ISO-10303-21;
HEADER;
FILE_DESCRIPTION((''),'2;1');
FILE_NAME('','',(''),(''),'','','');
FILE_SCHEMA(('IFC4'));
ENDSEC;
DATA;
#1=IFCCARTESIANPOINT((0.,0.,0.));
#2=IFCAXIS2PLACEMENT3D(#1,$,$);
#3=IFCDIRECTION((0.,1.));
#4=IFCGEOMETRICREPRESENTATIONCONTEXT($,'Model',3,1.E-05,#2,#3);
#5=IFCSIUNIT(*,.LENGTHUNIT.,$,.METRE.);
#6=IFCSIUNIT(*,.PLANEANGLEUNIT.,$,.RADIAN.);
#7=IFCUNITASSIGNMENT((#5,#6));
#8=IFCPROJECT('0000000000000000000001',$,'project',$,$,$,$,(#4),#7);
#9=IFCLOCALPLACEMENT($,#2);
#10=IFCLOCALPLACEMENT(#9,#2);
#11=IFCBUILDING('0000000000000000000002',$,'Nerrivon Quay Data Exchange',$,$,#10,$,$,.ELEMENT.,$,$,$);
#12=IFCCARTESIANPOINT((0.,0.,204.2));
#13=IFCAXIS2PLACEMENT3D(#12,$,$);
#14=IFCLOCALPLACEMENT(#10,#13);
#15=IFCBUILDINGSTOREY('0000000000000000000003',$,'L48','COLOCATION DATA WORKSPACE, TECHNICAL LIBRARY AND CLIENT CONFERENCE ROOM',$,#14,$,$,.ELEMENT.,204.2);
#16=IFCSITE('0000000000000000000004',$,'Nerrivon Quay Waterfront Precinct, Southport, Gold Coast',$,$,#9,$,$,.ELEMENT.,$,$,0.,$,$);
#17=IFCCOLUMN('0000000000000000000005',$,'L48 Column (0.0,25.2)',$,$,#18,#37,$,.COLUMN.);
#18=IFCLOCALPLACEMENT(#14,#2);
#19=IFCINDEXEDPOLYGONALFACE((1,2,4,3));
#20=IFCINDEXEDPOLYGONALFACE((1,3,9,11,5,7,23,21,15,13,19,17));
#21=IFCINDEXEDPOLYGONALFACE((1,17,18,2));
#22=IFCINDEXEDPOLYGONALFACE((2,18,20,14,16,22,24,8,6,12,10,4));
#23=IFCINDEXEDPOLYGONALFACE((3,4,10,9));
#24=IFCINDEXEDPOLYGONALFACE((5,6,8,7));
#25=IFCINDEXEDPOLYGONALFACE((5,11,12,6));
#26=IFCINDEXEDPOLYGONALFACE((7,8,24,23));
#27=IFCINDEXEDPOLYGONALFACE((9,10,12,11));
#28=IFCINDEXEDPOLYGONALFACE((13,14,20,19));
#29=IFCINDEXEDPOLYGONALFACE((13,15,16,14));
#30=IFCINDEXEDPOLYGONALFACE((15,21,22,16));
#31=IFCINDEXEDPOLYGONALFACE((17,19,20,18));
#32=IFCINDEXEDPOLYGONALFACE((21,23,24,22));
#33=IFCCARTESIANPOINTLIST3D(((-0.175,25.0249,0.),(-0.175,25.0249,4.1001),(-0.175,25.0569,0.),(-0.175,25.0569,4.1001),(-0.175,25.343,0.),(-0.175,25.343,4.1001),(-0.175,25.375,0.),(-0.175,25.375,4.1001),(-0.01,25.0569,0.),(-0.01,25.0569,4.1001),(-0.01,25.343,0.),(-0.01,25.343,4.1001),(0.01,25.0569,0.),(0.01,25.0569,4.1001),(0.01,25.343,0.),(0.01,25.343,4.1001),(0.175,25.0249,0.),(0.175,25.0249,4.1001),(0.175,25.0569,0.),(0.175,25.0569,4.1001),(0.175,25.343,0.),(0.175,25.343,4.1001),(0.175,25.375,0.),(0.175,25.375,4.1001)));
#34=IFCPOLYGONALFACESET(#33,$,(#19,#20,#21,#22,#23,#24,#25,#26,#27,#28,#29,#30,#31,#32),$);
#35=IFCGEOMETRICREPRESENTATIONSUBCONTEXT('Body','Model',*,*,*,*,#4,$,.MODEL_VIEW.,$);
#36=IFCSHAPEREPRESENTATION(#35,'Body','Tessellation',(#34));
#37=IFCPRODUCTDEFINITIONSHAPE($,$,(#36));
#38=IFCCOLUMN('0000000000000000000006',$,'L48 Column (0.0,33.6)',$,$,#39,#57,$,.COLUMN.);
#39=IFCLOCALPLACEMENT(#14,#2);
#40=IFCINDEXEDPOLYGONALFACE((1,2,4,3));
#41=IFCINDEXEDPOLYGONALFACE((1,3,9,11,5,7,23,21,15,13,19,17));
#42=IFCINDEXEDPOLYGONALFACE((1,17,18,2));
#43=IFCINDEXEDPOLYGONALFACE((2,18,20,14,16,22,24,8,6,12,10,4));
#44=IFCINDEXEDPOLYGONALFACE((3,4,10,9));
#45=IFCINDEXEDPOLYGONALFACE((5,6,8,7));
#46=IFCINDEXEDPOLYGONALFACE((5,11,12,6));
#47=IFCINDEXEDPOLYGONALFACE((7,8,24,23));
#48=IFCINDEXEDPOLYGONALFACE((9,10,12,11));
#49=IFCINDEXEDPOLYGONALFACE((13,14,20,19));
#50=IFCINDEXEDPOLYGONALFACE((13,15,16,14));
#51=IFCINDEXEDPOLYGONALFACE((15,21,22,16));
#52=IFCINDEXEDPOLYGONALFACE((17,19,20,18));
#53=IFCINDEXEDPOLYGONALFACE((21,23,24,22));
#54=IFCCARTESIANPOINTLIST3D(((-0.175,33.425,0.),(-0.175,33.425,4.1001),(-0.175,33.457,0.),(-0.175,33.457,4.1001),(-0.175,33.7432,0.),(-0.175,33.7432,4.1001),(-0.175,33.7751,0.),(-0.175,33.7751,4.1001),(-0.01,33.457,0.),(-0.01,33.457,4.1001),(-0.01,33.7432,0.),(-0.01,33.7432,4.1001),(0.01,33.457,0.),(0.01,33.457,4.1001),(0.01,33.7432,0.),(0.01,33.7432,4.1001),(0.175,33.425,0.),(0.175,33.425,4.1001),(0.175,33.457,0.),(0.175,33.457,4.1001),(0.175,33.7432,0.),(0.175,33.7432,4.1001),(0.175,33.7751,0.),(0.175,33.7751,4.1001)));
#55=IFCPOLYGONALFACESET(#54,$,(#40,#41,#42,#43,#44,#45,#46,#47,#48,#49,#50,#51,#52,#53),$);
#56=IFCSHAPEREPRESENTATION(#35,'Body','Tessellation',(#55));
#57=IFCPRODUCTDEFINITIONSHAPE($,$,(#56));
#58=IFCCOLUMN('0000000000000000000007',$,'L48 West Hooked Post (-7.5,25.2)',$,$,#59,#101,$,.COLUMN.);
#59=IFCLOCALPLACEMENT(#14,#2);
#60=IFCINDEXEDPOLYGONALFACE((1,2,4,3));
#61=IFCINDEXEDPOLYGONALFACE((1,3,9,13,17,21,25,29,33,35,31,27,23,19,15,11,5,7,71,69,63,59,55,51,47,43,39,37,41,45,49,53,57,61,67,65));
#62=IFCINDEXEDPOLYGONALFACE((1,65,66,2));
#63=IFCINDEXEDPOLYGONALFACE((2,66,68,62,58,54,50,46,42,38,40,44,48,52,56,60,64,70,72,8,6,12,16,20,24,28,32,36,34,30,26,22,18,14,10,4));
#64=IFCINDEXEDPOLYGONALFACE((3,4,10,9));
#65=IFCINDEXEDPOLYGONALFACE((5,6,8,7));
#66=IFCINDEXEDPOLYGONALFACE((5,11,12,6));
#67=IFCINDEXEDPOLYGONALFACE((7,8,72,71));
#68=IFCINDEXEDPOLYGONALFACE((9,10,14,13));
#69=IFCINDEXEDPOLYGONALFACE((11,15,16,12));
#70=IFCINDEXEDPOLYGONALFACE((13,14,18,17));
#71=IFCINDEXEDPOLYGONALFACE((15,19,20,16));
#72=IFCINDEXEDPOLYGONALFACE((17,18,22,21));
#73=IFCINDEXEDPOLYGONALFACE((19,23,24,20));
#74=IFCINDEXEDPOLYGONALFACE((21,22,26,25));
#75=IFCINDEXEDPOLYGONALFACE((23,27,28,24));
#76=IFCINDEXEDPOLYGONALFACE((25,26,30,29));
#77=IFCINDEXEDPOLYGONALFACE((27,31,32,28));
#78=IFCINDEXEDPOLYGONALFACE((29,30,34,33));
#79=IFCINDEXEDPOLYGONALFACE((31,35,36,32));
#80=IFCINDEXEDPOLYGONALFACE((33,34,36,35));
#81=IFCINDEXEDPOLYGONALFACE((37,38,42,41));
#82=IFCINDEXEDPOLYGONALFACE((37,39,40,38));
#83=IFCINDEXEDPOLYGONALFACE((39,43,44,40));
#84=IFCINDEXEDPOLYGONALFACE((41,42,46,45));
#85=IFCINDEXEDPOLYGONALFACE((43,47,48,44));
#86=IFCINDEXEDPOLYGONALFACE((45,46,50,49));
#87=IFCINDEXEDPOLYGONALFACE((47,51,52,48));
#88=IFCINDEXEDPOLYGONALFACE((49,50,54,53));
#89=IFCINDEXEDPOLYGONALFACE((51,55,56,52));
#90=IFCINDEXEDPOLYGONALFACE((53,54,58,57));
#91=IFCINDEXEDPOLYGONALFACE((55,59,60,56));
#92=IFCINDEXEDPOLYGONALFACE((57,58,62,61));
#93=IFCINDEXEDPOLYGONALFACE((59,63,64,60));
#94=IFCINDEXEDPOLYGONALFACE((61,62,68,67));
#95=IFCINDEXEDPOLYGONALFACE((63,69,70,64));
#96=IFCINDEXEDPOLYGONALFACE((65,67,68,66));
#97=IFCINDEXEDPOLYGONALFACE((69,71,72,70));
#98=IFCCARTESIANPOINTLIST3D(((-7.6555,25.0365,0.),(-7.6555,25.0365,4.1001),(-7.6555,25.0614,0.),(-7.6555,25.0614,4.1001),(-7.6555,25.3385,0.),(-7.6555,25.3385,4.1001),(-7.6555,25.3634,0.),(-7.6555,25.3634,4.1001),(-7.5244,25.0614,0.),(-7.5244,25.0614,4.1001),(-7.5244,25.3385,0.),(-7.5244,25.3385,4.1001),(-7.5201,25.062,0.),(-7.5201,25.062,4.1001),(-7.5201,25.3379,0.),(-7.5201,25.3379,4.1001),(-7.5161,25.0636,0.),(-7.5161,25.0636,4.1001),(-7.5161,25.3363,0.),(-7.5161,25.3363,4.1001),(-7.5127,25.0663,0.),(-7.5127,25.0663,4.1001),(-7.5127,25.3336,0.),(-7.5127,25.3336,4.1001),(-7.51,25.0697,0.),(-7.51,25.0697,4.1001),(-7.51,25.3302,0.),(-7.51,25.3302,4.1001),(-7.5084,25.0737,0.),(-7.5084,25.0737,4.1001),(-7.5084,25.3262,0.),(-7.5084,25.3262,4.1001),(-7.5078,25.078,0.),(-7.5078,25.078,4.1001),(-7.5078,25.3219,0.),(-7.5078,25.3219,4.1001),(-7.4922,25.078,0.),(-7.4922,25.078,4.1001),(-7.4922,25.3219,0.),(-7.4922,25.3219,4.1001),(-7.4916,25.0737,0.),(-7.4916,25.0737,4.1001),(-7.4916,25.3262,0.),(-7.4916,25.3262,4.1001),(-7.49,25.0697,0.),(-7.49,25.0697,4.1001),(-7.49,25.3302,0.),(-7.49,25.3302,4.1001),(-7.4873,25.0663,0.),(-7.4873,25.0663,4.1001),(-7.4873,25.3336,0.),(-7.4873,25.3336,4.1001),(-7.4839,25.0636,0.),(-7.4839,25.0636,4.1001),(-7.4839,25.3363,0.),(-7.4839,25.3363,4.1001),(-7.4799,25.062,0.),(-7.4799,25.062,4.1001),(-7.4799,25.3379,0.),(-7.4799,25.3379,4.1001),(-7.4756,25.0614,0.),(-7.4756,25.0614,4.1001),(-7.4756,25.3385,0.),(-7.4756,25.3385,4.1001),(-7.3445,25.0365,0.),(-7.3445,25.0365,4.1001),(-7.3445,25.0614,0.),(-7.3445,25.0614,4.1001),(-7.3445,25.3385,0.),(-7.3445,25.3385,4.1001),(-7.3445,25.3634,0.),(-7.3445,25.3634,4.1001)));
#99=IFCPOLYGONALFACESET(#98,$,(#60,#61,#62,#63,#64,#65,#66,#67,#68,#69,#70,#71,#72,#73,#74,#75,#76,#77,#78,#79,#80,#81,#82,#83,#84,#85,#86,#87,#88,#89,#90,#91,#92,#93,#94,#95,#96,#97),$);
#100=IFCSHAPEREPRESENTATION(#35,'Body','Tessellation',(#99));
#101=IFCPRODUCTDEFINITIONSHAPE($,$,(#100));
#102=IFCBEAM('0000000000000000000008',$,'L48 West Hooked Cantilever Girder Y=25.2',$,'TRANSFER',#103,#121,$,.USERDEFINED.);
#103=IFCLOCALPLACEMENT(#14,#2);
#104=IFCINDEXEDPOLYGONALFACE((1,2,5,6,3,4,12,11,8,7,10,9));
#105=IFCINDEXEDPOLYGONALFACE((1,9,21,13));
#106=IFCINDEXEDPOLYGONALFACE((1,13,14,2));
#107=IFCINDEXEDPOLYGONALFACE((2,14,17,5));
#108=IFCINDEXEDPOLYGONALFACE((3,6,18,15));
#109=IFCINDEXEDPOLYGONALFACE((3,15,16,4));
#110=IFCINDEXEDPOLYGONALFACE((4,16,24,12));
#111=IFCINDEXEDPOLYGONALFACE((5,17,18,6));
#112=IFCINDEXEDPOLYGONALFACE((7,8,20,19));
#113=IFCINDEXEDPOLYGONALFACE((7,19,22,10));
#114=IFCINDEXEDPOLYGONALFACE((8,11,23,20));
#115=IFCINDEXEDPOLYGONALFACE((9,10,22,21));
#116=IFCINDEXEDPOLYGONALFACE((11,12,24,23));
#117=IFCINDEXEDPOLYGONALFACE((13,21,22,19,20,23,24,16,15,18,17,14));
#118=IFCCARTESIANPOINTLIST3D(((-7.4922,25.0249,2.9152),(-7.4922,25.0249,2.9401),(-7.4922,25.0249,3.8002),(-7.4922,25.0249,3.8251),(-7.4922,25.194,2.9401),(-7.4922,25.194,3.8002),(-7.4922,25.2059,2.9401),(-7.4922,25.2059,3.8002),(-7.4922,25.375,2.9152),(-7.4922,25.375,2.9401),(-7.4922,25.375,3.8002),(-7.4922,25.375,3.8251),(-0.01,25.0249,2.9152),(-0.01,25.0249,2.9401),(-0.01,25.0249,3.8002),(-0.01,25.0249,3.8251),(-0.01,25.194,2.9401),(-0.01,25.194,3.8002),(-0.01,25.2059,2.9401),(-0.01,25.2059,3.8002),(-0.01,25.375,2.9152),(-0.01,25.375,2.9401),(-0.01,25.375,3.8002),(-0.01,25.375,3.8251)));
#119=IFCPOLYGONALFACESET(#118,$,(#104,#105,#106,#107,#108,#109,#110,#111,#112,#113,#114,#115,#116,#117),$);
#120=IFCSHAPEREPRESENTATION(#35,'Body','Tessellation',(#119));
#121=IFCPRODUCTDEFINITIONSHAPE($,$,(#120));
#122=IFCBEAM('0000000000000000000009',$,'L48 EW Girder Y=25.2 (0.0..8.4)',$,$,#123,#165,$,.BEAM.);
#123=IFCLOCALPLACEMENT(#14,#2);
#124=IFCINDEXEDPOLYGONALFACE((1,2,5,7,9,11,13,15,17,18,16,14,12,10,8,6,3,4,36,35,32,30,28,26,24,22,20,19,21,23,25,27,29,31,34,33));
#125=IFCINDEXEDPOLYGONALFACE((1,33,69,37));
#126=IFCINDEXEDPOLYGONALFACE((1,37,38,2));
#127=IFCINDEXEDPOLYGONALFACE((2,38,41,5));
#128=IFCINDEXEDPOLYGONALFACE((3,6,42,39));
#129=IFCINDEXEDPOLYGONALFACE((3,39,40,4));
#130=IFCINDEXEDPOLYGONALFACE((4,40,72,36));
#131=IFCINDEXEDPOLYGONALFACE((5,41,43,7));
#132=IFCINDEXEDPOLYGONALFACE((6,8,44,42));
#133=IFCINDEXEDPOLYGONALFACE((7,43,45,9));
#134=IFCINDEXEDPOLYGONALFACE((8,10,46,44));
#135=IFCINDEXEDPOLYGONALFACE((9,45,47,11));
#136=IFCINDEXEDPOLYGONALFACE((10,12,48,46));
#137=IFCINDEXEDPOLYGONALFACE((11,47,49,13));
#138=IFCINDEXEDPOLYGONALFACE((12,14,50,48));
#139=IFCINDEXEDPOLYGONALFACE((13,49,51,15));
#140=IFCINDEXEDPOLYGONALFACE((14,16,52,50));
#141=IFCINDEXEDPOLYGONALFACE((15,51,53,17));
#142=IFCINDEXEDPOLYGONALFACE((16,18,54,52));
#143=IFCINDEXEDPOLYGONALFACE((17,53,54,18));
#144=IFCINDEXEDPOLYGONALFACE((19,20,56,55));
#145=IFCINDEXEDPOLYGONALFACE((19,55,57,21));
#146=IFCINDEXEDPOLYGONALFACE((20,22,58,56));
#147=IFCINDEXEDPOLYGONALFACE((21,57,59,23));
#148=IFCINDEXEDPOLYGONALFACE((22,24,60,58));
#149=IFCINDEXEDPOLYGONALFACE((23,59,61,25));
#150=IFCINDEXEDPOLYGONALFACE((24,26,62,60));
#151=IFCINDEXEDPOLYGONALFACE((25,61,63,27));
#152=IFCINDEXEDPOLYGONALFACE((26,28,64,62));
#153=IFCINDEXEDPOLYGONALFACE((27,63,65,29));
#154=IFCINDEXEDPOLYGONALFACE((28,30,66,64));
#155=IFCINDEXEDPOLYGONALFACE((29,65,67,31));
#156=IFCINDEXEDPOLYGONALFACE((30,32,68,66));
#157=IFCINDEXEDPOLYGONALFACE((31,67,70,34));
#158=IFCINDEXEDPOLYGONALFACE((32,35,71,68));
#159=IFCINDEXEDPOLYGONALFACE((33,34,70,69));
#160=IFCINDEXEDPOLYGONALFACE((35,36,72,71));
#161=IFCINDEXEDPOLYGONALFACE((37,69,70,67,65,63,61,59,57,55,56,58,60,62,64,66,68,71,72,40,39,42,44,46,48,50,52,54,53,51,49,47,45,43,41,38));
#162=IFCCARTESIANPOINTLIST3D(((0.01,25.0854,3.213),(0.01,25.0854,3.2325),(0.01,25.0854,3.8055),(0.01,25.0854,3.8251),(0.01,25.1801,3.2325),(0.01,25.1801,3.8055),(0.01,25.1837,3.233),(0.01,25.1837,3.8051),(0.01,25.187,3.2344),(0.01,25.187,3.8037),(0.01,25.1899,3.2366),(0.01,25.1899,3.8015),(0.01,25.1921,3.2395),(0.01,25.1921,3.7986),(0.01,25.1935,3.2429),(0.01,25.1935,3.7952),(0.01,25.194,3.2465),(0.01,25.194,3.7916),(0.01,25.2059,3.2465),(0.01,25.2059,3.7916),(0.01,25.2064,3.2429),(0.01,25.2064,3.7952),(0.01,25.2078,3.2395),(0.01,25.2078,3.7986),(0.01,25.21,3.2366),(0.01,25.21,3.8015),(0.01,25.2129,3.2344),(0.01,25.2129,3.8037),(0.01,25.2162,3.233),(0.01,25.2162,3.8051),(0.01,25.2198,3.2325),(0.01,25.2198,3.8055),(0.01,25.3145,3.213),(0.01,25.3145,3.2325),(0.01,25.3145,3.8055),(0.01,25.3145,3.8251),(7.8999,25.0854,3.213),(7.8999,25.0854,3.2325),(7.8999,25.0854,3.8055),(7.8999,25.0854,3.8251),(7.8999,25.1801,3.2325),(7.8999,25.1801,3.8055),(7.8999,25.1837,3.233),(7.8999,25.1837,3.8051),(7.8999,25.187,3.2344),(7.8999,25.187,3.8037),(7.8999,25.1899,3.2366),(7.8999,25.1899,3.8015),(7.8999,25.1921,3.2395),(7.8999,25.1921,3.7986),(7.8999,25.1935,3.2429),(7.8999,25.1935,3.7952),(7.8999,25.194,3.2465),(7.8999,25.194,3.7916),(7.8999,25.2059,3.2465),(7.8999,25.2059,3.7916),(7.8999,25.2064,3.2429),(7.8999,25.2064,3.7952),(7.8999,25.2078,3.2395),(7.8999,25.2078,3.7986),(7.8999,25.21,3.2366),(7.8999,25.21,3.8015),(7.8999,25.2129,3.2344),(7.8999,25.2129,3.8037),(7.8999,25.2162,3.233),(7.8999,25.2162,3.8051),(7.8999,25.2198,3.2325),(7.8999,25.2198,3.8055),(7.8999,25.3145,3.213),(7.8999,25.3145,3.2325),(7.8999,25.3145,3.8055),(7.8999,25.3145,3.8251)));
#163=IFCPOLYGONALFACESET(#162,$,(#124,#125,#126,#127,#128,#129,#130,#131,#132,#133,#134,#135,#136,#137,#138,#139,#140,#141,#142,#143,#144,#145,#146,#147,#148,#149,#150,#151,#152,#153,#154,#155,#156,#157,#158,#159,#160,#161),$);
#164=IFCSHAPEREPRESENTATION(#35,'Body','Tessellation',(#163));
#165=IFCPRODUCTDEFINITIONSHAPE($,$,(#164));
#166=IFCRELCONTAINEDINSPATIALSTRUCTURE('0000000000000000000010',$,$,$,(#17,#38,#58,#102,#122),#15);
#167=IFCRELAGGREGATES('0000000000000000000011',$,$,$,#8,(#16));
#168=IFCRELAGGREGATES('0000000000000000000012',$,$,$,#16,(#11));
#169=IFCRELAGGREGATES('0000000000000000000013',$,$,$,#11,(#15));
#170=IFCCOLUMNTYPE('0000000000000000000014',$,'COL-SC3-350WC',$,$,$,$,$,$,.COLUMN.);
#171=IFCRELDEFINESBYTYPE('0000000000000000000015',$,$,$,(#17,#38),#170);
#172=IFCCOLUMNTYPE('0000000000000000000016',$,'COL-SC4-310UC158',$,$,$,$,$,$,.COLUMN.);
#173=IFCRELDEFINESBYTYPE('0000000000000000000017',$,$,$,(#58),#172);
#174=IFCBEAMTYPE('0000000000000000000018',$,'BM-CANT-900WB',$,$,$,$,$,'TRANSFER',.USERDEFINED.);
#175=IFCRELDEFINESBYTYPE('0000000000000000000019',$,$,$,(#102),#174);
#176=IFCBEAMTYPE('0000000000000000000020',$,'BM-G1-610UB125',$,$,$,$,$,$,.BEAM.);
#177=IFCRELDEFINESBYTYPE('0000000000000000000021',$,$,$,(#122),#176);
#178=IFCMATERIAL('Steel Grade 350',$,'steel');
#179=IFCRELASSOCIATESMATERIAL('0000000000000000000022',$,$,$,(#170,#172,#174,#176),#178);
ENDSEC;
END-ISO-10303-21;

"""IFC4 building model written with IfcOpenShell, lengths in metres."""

from ifc_helpers import new_model, si_unit, direction, frame, origin, origin_2d, place, context, subcontext, project, spatial, i_section, extrude, material, material_profile, profile_set, type_object, element, save


model = new_model("IFC4")

# Units and contexts
model_context = context("Model", 3, precision=1e-05, world=origin(), true_north=direction((0.0, 1.0)))
body_context = subcontext(model_context, "Body", "Model", "MODEL_VIEW")
ifc_project = project(units=[si_unit("LENGTHUNIT", "METRE"), si_unit("PLANEANGLEUNIT", "RADIAN")], contexts=[model_context])

# Site, building, storey
site_placement = place(None, origin())
site = spatial("IfcSite", under=ifc_project, at=site_placement, Name="Nerrivon Quay Waterfront Precinct, Southport, Gold Coast", CompositionType="ELEMENT", RefElevation=0.0)
building_placement = place(site_placement, origin())
building = spatial("IfcBuilding", under=site, at=building_placement, Name="Nerrivon Quay Data Exchange", CompositionType="ELEMENT")
storey_placement = place(building_placement, frame((0.0, 0.0, 204.2)))
storey = spatial("IfcBuildingStorey", under=building, at=storey_placement, Name="L48", Description="COLOCATION DATA WORKSPACE, TECHNICAL LIBRARY AND CLIENT CONFERENCE ROOM", CompositionType="ELEMENT", Elevation=204.2)

# Columns
ifc_material_1 = material(Name="Steel Grade 350", Category="steel")
ifc_material_profile_1 = material_profile(ifc_material_1, i_section(OverallWidth=0.3501, OverallDepth=0.3501, WebThickness=0.02, FlangeThickness=0.032, at=origin_2d()), Name="350WC230")
ifc_profile_set_1 = profile_set([ifc_material_profile_1], Name="Steel Grade 350")
column_type_1 = type_object("IfcColumnType", Name="COL-SC3-350WC", PredefinedType="COLUMN", material=ifc_profile_set_1)
for number, where, z_axis, x_axis, name in (
    (1, (0.0, 25.2, 0.0), (0.0, 0.0, 1.0), (1.0, 0.0, 0.0), "L48 Column (0.0,25.2)"),
    (2, (0.0, 33.6001, 0.0), (0.0, 0.0, 1.0), (1.0, 0.0, 0.0), "L48 Column (0.0,33.6)"),
):
    element("IfcColumn", number, at=place(storey_placement, frame(where, z_axis=z_axis, x_axis=x_axis)), inside=storey, type_object=column_type_1, Name=name, PredefinedType="COLUMN", context=body_context, shape_type="SweptSolid", body=[
        extrude(i_section(OverallWidth=0.3501, OverallDepth=0.3501, WebThickness=0.02, FlangeThickness=0.032, at=origin_2d()), origin(), (0.0, 0.0, 1.0), 4.1001),
    ])
ifc_material_profile_2 = material_profile(ifc_material_1, i_section(OverallWidth=0.311, OverallDepth=0.3269, WebThickness=0.0156, FlangeThickness=0.0249, FilletRadius=0.0166, at=origin_2d()), Name="310UC158")
ifc_profile_set_2 = profile_set([ifc_material_profile_2], Name="Steel Grade 350")
column_type_2 = type_object("IfcColumnType", Name="COL-SC4-310UC158", PredefinedType="COLUMN", material=ifc_profile_set_2)
column_placement = place(storey_placement, frame((-7.5, 25.2, 0.0), z_axis=(0.0, 0.0, 1.0), x_axis=(1.0, 0.0, 0.0)))
element("IfcColumn", 3, at=column_placement, inside=storey, type_object=column_type_2, Name="L48 West Hooked Post (-7.5,25.2)", PredefinedType="COLUMN", context=body_context, shape_type="SweptSolid", body=[
    extrude(i_section(OverallWidth=0.311, OverallDepth=0.3269, WebThickness=0.0156, FlangeThickness=0.0249, FilletRadius=0.0166, at=origin_2d()), origin(), (0.0, 0.0, 1.0), 4.1001),
])

# Beams
ifc_material_profile_3 = material_profile(ifc_material_1, i_section(OverallWidth=0.3501, OverallDepth=0.9099, WebThickness=0.012, FlangeThickness=0.0249, at=origin_2d()), Name="900WB218")
ifc_profile_set_3 = profile_set([ifc_material_profile_3], Name="Steel Grade 350")
beam_type_1 = type_object("IfcBeamType", Name="BM-CANT-900WB", ElementType="TRANSFER", PredefinedType="USERDEFINED", material=ifc_profile_set_3)
beam_1_placement = place(storey_placement, frame((-0.01, 25.2, 3.3701), z_axis=(-1.0, 0.0, 0.0), x_axis=(0.0, -1.0, 0.0)))
element("IfcBeam", 4, at=beam_1_placement, inside=storey, type_object=beam_type_1, Name="L48 West Hooked Cantilever Girder Y=25.2", ObjectType="TRANSFER", PredefinedType="USERDEFINED", context=body_context, shape_type="SweptSolid", body=[
    extrude(i_section(OverallWidth=0.3501, OverallDepth=0.9099, WebThickness=0.012, FlangeThickness=0.0249, at=origin_2d()), origin(), (0.0, 0.0, 1.0), 7.4822),
])
ifc_material_profile_4 = material_profile(ifc_material_1, i_section(OverallWidth=0.229, OverallDepth=0.6121, WebThickness=0.012, FlangeThickness=0.0195, FilletRadius=0.0139, at=origin_2d()), Name="610UB125")
ifc_profile_set_4 = profile_set([ifc_material_profile_4], Name="Steel Grade 350")
beam_type_2 = type_object("IfcBeamType", Name="BM-G1-610UB125", PredefinedType="BEAM", material=ifc_profile_set_4)
beam_2_placement = place(storey_placement, frame((0.01, 25.2, 3.519), z_axis=(1.0, 0.0, 0.0), x_axis=(0.0, 1.0, 0.0)))
element("IfcBeam", 5, at=beam_2_placement, inside=storey, type_object=beam_type_2, Name="L48 EW Girder Y=25.2 (0.0..8.4)", PredefinedType="BEAM", context=body_context, shape_type="SweptSolid", body=[
    extrude(i_section(OverallWidth=0.229, OverallDepth=0.6121, WebThickness=0.012, FlangeThickness=0.0195, FilletRadius=0.0139, at=origin_2d()), origin(), (0.0, 0.0, 1.0), 7.8899),
])

save(model, "model.ifc")
